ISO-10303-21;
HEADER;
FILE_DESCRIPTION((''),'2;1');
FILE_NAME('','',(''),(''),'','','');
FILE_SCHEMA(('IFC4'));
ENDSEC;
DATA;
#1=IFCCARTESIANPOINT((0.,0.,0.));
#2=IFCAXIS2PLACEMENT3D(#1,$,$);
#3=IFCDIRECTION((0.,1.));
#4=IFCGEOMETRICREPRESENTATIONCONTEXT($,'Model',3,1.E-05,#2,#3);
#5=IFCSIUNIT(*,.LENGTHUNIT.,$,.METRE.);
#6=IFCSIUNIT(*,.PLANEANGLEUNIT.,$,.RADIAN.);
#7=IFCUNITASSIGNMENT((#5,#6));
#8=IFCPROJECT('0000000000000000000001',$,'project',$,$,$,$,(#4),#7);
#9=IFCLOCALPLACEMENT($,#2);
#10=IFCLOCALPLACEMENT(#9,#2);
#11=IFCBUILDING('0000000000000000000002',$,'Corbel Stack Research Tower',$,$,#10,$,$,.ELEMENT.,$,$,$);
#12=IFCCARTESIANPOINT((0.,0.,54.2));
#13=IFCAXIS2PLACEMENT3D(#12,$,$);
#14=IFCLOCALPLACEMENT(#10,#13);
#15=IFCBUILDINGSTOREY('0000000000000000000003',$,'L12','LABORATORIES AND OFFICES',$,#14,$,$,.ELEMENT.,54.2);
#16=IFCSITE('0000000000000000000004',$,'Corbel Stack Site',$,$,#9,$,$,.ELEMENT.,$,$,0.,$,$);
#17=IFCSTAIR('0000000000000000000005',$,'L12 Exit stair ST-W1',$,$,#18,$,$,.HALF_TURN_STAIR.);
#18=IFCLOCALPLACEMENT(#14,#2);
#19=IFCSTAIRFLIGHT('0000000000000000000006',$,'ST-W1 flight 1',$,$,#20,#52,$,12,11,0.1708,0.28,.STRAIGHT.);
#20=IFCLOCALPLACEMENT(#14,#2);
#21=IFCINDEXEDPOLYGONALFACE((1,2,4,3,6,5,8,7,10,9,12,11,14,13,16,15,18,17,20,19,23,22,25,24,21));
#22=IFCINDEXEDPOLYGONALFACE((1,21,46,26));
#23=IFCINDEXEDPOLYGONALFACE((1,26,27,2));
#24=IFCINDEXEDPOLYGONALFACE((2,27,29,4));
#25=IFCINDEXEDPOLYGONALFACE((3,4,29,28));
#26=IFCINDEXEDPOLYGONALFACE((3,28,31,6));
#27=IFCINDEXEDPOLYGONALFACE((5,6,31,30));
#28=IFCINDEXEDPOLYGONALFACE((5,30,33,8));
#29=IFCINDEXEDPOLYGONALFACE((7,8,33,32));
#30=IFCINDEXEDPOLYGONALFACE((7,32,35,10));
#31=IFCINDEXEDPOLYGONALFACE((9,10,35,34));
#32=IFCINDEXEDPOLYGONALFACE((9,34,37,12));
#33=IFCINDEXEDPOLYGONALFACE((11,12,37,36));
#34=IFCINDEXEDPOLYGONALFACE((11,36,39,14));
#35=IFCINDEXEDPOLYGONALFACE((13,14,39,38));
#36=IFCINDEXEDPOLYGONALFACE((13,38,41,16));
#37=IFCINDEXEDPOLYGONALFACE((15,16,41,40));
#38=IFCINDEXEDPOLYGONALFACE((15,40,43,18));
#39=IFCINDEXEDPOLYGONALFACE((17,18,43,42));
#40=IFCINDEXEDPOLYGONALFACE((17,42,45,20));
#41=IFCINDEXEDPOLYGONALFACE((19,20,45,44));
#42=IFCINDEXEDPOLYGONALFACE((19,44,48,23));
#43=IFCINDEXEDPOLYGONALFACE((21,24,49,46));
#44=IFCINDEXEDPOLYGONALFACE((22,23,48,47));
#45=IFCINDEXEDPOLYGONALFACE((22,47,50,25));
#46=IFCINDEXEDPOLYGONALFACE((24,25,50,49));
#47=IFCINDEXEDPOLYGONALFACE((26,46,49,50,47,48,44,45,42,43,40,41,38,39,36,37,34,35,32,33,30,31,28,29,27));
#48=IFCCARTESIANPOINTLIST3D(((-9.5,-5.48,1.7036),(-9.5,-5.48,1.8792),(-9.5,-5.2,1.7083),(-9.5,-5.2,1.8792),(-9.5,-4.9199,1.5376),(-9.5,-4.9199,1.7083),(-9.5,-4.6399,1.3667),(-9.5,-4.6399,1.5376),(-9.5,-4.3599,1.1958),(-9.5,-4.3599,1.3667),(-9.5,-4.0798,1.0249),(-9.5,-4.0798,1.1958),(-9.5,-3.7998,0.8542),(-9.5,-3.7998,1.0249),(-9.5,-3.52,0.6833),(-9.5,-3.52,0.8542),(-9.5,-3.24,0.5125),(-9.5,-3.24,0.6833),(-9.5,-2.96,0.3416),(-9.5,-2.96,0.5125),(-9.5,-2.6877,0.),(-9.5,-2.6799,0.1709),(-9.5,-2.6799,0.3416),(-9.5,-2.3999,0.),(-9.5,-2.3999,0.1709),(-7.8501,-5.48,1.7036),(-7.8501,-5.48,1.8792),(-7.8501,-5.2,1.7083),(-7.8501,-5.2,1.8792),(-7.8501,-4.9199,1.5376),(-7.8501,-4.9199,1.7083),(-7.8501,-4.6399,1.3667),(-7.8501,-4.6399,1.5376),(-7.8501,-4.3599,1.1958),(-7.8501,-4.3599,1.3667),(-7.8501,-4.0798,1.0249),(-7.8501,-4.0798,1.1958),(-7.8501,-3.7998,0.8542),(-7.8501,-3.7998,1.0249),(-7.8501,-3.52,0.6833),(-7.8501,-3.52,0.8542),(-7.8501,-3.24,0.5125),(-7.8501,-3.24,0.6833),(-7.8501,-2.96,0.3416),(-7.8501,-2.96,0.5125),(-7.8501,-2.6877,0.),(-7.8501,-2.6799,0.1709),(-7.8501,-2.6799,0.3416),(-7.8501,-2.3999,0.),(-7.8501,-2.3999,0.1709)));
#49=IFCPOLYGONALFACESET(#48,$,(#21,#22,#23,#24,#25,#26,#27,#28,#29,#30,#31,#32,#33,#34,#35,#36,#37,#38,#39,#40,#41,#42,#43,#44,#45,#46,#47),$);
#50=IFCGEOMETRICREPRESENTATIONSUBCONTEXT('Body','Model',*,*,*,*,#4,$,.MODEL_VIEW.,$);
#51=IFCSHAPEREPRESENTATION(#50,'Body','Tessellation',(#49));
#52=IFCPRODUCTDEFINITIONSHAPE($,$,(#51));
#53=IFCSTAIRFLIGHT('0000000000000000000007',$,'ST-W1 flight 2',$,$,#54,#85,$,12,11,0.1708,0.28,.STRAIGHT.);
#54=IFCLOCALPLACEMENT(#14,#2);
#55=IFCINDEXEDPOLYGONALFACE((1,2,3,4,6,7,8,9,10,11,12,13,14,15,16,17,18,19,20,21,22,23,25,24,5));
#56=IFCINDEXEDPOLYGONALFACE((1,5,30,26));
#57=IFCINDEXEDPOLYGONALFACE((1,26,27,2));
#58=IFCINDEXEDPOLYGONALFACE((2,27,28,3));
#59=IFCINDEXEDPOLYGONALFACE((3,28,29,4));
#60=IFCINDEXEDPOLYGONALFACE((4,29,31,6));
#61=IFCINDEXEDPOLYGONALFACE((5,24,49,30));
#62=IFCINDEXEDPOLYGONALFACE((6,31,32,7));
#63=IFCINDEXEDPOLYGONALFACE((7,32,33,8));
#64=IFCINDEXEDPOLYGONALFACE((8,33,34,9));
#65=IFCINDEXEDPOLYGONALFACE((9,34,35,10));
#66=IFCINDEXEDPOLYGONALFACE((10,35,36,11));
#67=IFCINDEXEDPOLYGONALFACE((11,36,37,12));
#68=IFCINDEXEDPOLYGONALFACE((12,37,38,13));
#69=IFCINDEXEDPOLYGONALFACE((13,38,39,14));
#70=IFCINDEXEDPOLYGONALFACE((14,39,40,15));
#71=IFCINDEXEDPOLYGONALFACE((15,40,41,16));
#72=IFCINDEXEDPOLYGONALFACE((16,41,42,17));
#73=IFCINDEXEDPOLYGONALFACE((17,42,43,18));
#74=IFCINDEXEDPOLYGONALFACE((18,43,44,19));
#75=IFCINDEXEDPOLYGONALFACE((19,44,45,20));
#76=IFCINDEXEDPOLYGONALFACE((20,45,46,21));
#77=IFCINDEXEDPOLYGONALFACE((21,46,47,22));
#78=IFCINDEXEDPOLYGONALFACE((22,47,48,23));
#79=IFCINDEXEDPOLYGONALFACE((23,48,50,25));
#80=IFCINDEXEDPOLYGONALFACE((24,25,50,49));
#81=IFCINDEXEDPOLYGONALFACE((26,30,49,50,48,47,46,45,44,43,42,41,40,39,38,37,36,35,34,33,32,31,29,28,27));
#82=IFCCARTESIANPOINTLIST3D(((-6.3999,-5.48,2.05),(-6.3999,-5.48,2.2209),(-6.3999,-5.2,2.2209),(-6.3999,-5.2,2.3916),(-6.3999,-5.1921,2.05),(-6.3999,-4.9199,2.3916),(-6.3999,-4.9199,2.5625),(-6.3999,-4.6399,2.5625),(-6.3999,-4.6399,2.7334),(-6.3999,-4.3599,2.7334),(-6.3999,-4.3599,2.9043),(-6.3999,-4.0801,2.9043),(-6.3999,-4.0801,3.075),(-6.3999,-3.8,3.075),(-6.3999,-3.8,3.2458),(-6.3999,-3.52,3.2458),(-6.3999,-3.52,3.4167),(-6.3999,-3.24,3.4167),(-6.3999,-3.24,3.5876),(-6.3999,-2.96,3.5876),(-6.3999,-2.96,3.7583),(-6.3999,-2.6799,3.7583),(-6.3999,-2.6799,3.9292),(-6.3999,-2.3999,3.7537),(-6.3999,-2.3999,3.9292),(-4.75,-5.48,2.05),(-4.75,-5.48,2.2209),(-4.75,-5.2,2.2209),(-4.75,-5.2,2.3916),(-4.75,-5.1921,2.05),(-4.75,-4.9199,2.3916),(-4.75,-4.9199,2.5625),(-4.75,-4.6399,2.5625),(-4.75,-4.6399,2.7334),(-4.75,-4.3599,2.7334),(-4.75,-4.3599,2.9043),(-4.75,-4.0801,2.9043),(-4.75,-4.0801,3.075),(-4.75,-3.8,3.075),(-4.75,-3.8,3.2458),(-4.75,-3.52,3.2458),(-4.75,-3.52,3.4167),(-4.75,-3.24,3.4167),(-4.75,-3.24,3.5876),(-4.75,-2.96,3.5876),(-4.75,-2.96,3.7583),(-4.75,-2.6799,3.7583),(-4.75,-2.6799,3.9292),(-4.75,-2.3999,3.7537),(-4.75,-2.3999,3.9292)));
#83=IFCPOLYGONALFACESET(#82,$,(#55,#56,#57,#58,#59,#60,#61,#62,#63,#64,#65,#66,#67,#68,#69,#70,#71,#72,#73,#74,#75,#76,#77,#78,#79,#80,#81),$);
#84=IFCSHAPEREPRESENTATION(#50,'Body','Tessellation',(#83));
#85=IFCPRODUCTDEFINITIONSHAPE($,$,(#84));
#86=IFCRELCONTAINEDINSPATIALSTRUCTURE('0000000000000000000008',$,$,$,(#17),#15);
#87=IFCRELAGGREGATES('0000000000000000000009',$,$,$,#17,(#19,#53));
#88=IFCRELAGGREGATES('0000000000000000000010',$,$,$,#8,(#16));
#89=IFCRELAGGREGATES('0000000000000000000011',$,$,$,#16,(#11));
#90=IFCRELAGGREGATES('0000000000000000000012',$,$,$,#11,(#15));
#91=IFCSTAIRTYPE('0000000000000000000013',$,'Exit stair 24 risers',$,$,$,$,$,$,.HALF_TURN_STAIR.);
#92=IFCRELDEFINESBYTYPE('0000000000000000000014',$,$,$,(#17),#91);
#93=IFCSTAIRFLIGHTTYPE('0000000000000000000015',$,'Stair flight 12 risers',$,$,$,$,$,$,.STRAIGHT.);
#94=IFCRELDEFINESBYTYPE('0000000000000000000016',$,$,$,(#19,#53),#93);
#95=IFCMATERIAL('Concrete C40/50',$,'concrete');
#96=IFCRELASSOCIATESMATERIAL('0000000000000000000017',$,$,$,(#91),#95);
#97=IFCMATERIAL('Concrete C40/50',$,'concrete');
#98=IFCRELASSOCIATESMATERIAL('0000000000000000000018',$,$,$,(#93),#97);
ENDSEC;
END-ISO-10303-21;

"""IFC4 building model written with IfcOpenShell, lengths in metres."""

from ifc_helpers import new_model, si_unit, direction, frame, origin, place, context, subcontext, project, spatial, polyline, outline, extrude, material, type_object, element, aggregate, save


model = new_model("IFC4")

# Units and contexts
model_context = context("Model", 3, precision=1e-05, world=origin(), true_north=direction((0.0, 1.0)))
body_context = subcontext(model_context, "Body", "Model", "MODEL_VIEW")
ifc_project = project(units=[si_unit("LENGTHUNIT", "METRE"), si_unit("PLANEANGLEUNIT", "RADIAN")], contexts=[model_context])

# Site, building, storey
site_placement = place(None, origin())
site = spatial("IfcSite", under=ifc_project, at=site_placement, Name="Corbel Stack Site", CompositionType="ELEMENT", RefElevation=0.0)
building_placement = place(site_placement, origin())
building = spatial("IfcBuilding", under=site, at=building_placement, Name="Corbel Stack Research Tower", CompositionType="ELEMENT")
storey_placement = place(building_placement, frame((0.0, 0.0, 54.2)))
storey = spatial("IfcBuildingStorey", under=building, at=storey_placement, Name="L12", Description="LABORATORIES AND OFFICES", CompositionType="ELEMENT", Elevation=54.2)

# Stair, stair flights
ifc_material_1 = material(Name="Concrete C40/50", Category="concrete")
stair_type = type_object("IfcStairType", Name="Exit stair 24 risers", PredefinedType="HALF_TURN_STAIR", material=ifc_material_1)
stair_placement = place(storey_placement, origin())
stair = element("IfcStair", 1, at=stair_placement, inside=storey, type_object=stair_type, Name="L12 Exit stair ST-W1", PredefinedType="HALF_TURN_STAIR")
ifc_material_2 = material(Name="Concrete C40/50", Category="concrete")
stair_flight_type = type_object("IfcStairFlightType", Name="Stair flight 12 risers", PredefinedType="STRAIGHT", material=ifc_material_2)
stair_flight_1_placement = place(storey_placement, frame((-8.675, -2.3999, 0.0), z_axis=(0.0, 0.0, 1.0), x_axis=(0.0, -1.0, 0.0)))
stair_flight_1 = element("IfcStairFlight", 2, at=stair_flight_1_placement, type_object=stair_flight_type, Name="ST-W1 flight 1", NumberOfRisers=12, NumberOfTreads=11, PredefinedType="STRAIGHT", RiserHeight=0.1708, TreadLength=0.28, context=body_context, shape_type="SweptSolid", body=[
    extrude(outline(polyline([(0.0, 0.0), (0.0, 0.1709), (0.28, 0.1709), (0.28, 0.3416), (0.5601, 0.3416), (0.5601, 0.5125), (0.8401, 0.5125), (0.8401, 0.6833), (1.1201, 0.6833), (1.1201, 0.8542), (1.3999, 0.8542), (1.3999, 1.0249), (1.6799, 1.0249), (1.6799, 1.1958), (1.96, 1.1958), (1.96, 1.3667), (2.24, 1.3667), (2.24, 1.5376), (2.52, 1.5376), (2.52, 1.7083), (2.8, 1.7083), (2.8, 1.8792), (3.0801, 1.8792), (3.0801, 2.05), (3.0801, 1.7036), (0.2878, 0.0), (0.0, 0.0)])), frame((0.0, 0.825, 0.0), z_axis=(0.0, -1.0, 0.0), x_axis=(1.0, 0.0, 0.0)), (0.0, 0.0, 1.0), 1.6499),
])
stair_flight_2_placement = place(storey_placement, frame((-5.575, -5.48, 2.05), z_axis=(0.0, 0.0, 1.0), x_axis=(0.0, 1.0, 0.0)))
stair_flight_2 = element("IfcStairFlight", 3, at=stair_flight_2_placement, type_object=stair_flight_type, Name="ST-W1 flight 2", NumberOfRisers=12, NumberOfTreads=11, PredefinedType="STRAIGHT", RiserHeight=0.1708, TreadLength=0.28, context=body_context, shape_type="SweptSolid", body=[
    extrude(outline(polyline([(0.0, 0.0), (0.0, 0.1709), (0.28, 0.1709), (0.28, 0.3416), (0.5601, 0.3416), (0.5601, 0.5125), (0.8401, 0.5125), (0.8401, 0.6833), (1.1201, 0.6833), (1.1201, 0.8542), (1.3999, 0.8542), (1.3999, 1.0249), (1.6799, 1.0249), (1.6799, 1.1958), (1.96, 1.1958), (1.96, 1.3667), (2.24, 1.3667), (2.24, 1.5376), (2.52, 1.5376), (2.52, 1.7083), (2.8, 1.7083), (2.8, 1.8792), (3.0801, 1.8792), (3.0801, 2.05), (3.0801, 1.7036), (0.2878, 0.0), (0.0, 0.0)])), frame((0.0, 0.825, 0.0), z_axis=(0.0, -1.0, 0.0), x_axis=(1.0, 0.0, 0.0)), (0.0, 0.0, 1.0), 1.6499),
])
aggregate(stair, [stair_flight_1, stair_flight_2])

save(model, "model.ifc")
